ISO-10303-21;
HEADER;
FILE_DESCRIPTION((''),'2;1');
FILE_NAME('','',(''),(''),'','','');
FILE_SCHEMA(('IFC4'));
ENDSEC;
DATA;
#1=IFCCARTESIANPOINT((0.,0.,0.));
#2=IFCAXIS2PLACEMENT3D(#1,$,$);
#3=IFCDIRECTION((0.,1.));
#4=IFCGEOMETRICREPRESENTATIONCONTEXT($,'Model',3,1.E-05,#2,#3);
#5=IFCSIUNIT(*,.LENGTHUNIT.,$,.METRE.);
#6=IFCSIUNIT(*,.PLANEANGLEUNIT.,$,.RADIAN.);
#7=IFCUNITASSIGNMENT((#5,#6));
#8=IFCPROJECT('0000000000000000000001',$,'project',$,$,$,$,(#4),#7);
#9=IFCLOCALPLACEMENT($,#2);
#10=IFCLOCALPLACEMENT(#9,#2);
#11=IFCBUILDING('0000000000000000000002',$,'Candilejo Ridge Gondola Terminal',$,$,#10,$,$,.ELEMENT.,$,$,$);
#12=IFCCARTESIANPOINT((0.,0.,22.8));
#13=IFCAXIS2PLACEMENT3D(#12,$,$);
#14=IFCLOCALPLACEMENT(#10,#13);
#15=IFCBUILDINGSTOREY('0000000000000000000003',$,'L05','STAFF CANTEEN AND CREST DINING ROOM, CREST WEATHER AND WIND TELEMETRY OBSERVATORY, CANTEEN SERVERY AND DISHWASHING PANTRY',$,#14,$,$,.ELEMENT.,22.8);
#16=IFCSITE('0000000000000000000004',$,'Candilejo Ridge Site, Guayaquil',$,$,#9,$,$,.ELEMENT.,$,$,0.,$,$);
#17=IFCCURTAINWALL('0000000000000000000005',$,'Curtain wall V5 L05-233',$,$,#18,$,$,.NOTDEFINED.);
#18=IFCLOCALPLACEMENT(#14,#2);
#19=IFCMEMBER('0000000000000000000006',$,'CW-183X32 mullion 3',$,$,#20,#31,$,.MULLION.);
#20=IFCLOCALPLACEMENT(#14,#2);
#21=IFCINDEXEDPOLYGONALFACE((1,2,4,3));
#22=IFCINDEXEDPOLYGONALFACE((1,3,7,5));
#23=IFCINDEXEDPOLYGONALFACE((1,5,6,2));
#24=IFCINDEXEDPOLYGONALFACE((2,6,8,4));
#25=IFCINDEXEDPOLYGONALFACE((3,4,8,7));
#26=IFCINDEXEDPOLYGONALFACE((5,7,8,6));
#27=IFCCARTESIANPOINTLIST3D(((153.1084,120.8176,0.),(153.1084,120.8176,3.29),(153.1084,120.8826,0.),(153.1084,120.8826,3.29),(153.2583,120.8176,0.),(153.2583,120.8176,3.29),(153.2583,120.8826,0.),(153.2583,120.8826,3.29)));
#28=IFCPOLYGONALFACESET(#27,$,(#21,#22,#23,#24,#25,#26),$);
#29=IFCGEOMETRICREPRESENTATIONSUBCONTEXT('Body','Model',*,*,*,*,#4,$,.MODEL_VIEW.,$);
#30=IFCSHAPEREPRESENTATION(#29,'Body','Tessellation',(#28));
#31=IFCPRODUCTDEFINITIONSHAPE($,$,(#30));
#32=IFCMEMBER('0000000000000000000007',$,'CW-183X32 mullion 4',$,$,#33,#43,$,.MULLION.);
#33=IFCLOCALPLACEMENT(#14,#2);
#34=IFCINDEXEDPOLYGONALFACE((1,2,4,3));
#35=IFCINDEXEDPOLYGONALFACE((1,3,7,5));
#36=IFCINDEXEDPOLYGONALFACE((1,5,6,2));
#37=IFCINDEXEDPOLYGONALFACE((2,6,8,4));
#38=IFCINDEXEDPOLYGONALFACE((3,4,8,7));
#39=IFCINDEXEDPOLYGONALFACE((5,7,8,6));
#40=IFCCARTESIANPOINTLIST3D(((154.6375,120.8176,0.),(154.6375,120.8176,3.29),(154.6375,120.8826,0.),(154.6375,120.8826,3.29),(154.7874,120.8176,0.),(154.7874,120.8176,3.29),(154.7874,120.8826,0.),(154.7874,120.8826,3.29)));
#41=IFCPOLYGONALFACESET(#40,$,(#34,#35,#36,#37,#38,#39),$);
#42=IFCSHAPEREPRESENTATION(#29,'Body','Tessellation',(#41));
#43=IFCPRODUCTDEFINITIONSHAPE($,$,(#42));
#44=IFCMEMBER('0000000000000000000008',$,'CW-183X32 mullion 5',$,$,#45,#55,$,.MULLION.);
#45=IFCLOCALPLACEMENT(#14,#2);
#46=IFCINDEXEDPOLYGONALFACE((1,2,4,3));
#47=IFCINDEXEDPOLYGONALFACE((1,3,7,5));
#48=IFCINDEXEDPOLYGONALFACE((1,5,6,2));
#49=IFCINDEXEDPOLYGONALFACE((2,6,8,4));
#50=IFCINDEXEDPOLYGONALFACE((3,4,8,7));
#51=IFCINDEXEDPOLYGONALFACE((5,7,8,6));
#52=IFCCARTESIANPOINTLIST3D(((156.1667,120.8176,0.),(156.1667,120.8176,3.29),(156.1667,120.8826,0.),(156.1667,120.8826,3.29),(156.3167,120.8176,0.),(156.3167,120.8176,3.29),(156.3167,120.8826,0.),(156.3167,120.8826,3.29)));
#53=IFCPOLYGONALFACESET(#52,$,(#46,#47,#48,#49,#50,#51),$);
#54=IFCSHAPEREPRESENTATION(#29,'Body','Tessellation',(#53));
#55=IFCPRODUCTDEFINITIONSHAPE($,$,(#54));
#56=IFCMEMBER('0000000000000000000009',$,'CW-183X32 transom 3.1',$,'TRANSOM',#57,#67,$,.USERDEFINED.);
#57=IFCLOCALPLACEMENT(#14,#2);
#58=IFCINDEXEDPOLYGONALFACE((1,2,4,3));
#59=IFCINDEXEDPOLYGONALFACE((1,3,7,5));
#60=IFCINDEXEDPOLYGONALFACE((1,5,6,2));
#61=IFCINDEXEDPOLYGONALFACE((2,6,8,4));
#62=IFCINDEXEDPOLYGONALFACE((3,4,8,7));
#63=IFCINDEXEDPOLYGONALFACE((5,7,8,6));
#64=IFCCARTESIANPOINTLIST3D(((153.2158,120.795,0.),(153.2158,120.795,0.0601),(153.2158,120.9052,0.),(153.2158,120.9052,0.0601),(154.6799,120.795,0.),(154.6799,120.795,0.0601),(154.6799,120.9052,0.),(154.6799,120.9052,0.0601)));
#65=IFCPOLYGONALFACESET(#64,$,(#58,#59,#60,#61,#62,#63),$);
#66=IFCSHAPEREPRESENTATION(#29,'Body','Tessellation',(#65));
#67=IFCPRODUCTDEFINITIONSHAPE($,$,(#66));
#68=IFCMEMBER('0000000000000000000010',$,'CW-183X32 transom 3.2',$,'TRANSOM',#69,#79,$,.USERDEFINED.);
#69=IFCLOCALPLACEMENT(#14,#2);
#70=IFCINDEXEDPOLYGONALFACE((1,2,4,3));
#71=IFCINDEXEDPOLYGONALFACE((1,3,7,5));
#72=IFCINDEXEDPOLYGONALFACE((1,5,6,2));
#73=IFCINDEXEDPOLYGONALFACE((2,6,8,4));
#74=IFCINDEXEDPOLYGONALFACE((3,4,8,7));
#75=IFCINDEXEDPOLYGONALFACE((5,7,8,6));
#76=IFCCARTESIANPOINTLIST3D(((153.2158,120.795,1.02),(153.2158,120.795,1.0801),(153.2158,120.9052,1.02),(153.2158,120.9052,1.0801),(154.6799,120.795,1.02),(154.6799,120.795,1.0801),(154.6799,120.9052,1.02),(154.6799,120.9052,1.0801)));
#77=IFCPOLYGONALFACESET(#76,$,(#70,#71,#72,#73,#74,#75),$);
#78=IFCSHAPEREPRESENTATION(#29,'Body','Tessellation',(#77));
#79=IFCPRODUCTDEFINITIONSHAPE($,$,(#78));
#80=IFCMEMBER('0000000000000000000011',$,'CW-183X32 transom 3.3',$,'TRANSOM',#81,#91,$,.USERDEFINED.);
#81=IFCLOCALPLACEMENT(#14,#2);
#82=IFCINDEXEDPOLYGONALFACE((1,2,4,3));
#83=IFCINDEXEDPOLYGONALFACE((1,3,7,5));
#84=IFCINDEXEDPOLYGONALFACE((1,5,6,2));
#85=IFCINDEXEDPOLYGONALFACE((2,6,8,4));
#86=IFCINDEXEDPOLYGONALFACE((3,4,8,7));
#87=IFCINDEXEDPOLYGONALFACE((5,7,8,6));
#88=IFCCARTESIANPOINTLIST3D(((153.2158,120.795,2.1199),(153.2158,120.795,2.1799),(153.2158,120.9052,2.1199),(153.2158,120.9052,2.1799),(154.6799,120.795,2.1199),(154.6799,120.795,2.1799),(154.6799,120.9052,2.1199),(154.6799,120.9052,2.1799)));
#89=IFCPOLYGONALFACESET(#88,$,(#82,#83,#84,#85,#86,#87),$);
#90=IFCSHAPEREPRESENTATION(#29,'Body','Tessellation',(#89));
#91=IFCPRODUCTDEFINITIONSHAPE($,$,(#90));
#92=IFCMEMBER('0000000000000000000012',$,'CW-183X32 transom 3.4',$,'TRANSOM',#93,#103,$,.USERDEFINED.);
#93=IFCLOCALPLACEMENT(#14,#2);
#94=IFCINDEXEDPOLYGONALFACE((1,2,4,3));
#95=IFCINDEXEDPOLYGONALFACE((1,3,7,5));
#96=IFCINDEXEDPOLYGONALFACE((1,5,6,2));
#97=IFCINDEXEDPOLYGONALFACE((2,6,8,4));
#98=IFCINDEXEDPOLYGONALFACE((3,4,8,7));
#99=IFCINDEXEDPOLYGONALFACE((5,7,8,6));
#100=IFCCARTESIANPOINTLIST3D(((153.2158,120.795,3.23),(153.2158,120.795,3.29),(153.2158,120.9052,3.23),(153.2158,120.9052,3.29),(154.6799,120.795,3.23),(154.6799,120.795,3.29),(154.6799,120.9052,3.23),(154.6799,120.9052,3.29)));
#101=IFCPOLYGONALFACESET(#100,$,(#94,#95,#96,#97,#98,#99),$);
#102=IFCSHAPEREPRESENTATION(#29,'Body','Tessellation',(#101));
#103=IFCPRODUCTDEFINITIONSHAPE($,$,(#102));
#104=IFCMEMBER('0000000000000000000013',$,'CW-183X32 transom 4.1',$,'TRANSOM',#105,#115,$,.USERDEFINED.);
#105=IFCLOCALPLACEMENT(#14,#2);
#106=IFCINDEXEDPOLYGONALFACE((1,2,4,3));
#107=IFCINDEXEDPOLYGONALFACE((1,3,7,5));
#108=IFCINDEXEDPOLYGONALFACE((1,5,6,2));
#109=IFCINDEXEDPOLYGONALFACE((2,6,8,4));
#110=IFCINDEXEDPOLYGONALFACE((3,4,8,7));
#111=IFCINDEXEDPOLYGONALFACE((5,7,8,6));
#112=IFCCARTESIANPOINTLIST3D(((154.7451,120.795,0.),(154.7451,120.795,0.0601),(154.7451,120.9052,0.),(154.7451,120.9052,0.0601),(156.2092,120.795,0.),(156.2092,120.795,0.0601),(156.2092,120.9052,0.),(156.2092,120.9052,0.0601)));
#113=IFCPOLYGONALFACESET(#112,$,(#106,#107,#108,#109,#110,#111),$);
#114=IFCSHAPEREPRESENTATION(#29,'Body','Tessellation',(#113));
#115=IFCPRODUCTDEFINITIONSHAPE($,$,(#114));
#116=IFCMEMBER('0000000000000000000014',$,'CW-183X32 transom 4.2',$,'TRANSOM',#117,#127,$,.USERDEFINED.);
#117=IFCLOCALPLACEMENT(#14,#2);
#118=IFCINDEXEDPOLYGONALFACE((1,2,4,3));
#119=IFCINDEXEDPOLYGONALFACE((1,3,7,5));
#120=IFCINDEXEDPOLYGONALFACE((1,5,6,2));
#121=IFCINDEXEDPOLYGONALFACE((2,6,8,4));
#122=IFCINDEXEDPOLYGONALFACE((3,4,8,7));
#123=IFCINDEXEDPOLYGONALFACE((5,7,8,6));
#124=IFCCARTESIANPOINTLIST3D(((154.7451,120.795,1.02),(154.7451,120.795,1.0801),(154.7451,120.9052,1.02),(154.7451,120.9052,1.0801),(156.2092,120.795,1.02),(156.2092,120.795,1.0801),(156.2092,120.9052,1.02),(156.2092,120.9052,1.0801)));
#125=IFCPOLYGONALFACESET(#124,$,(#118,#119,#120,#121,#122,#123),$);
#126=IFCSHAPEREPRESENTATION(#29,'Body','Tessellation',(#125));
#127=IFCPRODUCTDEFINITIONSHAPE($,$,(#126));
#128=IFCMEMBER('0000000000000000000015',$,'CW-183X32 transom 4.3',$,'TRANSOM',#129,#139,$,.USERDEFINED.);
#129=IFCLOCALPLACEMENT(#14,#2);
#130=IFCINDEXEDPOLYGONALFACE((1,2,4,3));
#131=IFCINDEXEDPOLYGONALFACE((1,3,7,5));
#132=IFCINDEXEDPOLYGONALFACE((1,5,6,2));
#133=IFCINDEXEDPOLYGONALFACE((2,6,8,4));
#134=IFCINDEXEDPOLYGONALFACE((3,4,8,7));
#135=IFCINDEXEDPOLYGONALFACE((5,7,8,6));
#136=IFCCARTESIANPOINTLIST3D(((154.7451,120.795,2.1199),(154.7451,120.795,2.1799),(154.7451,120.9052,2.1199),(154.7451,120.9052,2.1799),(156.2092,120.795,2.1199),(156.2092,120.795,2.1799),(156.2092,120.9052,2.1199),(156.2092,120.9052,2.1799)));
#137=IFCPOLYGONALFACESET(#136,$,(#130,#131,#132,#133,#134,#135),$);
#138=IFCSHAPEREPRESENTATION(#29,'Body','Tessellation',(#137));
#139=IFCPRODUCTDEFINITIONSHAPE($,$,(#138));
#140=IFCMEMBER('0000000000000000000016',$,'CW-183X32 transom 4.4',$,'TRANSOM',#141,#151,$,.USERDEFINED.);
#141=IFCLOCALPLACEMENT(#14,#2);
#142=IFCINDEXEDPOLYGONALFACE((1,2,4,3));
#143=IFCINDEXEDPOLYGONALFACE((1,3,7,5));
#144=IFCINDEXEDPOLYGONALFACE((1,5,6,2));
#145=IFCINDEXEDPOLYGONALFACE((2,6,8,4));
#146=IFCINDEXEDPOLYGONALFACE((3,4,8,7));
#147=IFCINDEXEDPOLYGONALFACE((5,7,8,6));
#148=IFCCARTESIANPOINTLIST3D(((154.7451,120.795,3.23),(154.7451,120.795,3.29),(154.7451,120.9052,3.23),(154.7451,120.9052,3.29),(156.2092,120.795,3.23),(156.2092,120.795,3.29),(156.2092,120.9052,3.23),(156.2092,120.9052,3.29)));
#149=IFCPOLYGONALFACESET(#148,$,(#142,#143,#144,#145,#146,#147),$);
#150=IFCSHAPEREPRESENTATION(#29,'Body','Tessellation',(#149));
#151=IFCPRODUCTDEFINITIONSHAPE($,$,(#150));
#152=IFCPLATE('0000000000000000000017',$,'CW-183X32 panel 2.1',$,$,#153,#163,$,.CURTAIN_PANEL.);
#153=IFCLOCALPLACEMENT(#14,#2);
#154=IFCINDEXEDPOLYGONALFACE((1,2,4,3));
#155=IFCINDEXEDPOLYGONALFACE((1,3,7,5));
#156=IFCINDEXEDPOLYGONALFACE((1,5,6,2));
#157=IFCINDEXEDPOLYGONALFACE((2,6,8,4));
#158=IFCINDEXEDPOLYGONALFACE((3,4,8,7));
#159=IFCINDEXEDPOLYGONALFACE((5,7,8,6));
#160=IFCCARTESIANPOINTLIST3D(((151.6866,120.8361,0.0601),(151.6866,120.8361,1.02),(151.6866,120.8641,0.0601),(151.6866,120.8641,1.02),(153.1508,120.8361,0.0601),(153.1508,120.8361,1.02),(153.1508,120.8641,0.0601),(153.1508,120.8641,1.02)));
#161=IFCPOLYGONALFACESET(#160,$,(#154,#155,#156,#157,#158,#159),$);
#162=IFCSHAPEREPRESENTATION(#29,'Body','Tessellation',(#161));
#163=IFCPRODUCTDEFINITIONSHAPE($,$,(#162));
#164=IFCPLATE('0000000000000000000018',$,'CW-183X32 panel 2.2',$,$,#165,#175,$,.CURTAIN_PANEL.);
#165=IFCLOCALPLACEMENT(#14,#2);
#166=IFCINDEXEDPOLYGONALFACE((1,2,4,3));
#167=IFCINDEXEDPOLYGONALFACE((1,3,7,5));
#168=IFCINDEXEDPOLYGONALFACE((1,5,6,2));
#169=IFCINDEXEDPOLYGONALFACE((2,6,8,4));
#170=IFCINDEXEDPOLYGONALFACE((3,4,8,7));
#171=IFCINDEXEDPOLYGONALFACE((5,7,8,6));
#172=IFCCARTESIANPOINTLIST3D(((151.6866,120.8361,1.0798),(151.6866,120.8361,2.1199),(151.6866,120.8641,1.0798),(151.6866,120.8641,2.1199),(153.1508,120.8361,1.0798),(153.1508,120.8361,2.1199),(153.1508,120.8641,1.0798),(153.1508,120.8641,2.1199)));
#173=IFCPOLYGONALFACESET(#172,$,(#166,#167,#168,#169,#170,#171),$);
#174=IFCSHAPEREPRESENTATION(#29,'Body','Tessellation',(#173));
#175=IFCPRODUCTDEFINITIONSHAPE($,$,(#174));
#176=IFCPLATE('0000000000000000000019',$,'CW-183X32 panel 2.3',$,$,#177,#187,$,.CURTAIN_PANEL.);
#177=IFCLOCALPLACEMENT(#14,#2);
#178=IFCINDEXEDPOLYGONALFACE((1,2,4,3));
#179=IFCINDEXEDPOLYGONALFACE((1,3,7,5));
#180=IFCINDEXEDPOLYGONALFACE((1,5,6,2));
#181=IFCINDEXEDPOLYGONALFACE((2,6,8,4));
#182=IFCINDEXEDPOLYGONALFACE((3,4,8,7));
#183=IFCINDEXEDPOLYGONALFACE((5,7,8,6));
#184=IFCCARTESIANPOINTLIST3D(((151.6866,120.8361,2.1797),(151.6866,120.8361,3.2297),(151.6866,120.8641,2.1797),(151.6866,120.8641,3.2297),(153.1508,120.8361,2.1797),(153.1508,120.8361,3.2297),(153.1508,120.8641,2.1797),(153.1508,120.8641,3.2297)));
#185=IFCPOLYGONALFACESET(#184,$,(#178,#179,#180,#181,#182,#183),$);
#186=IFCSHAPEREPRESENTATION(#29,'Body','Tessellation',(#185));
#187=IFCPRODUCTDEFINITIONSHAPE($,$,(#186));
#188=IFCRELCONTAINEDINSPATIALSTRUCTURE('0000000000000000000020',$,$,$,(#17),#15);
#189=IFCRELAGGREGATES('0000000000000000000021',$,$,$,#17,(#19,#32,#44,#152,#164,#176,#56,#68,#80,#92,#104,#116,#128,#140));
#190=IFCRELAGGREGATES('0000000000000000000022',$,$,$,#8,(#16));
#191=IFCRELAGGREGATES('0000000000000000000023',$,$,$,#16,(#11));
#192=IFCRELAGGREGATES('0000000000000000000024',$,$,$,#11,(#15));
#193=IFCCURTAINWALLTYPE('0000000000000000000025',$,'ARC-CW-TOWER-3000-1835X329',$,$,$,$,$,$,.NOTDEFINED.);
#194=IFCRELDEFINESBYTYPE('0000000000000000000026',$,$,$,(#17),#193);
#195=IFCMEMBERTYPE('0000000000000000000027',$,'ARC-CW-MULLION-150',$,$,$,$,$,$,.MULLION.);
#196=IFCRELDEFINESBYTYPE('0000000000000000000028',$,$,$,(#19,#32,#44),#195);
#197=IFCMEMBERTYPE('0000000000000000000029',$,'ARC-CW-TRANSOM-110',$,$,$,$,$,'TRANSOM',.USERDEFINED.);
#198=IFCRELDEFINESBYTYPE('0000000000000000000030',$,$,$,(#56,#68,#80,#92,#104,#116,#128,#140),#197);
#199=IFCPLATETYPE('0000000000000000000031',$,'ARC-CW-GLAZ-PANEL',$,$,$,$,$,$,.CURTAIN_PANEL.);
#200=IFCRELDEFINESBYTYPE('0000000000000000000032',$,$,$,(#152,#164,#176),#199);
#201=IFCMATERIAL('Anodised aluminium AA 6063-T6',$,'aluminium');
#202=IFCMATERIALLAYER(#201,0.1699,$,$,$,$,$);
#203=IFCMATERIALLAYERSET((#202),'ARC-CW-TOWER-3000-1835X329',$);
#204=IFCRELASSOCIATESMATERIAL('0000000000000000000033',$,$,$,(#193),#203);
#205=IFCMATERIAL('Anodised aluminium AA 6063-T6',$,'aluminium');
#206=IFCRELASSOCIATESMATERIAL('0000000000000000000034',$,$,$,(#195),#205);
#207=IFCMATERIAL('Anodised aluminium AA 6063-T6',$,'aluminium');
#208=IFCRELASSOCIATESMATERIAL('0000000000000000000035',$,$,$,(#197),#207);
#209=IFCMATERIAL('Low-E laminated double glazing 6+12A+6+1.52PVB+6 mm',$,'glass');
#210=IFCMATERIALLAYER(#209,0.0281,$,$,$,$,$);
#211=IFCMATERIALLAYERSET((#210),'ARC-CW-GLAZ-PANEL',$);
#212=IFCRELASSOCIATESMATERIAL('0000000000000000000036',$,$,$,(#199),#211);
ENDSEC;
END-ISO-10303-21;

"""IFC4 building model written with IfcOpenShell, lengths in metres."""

from ifc_helpers import new_model, si_unit, direction, frame, origin, origin_2d, place, context, subcontext, project, spatial, rectangle, extrude, material, layer, layer_set, material_profile, profile_set, type_object, element, aggregate, save


model = new_model("IFC4")

# Units and contexts
model_context = context("Model", 3, precision=1e-05, world=origin(), true_north=direction((0.0, 1.0)))
body_context = subcontext(model_context, "Body", "Model", "MODEL_VIEW")
ifc_project = project(units=[si_unit("LENGTHUNIT", "METRE"), si_unit("PLANEANGLEUNIT", "RADIAN")], contexts=[model_context])

# Site, building, storey
site_placement = place(None, origin())
site = spatial("IfcSite", under=ifc_project, at=site_placement, Name="Candilejo Ridge Site, Guayaquil", CompositionType="ELEMENT", RefElevation=0.0)
building_placement = place(site_placement, origin())
building = spatial("IfcBuilding", under=site, at=building_placement, Name="Candilejo Ridge Gondola Terminal", CompositionType="ELEMENT")
storey_placement = place(building_placement, frame((0.0, 0.0, 22.8)))
storey = spatial("IfcBuildingStorey", under=building, at=storey_placement, Name="L05", Description="STAFF CANTEEN AND CREST DINING ROOM, CREST WEATHER AND WIND TELEMETRY OBSERVATORY, CANTEEN SERVERY AND DISHWASHING PANTRY", CompositionType="ELEMENT", Elevation=22.8)

# Curtain wall, members, plates
ifc_material_1 = material(Name="Anodised aluminium AA 6063-T6", Category="aluminium")
ifc_layer_1 = layer(ifc_material_1, 0.1699)
ifc_layer_set_1 = layer_set([ifc_layer_1], Name="ARC-CW-TOWER-3000-1835X329")
curtain_wall_type = type_object("IfcCurtainWallType", Name="ARC-CW-TOWER-3000-1835X329", PredefinedType="NOTDEFINED", material=ifc_layer_set_1)
curtain_wall_placement = place(storey_placement, origin())
curtain_wall = element("IfcCurtainWall", 1, at=curtain_wall_placement, inside=storey, type_object=curtain_wall_type, Name="Curtain wall V5 L05-233", PredefinedType="NOTDEFINED")
ifc_material_2 = material(Name="Anodised aluminium AA 6063-T6", Category="aluminium")
ifc_material_profile_1 = material_profile(ifc_material_2, rectangle(XDim=0.0649, YDim=0.1499, at=origin_2d()))
ifc_profile_set_1 = profile_set([ifc_material_profile_1], Name="Anodised aluminium AA 6063-T6")
member_type_1 = type_object("IfcMemberType", Name="ARC-CW-MULLION-150", PredefinedType="MULLION", material=ifc_profile_set_1)
member_1_placement = place(storey_placement, frame((153.1833, 120.8501, 0.0), z_axis=(0.0, 0.0, 1.0), x_axis=(0.0, 1.0, 0.0)))
member_1 = element("IfcMember", 2, at=member_1_placement, type_object=member_type_1, Name="CW-183X32 mullion 3", PredefinedType="MULLION", context=body_context, shape_type="SweptSolid", body=[
    extrude(rectangle(XDim=0.0649, YDim=0.1499, at=origin_2d()), origin(), (0.0, 0.0, 1.0), 3.29),
])
member_2_placement = place(storey_placement, frame((154.7124, 120.8501, 0.0), z_axis=(0.0, 0.0, 1.0), x_axis=(0.0, 1.0, 0.0)))
member_2 = element("IfcMember", 3, at=member_2_placement, type_object=member_type_1, Name="CW-183X32 mullion 4", PredefinedType="MULLION", context=body_context, shape_type="SweptSolid", body=[
    extrude(rectangle(XDim=0.0649, YDim=0.1499, at=origin_2d()), origin(), (0.0, 0.0, 1.0), 3.29),
])
member_3_placement = place(storey_placement, frame((156.2417, 120.8501, 0.0), z_axis=(0.0, 0.0, 1.0), x_axis=(0.0, 1.0, 0.0)))
member_3 = element("IfcMember", 4, at=member_3_placement, type_object=member_type_1, Name="CW-183X32 mullion 5", PredefinedType="MULLION", context=body_context, shape_type="SweptSolid", body=[
    extrude(rectangle(XDim=0.0649, YDim=0.1499, at=origin_2d()), origin(), (0.0, 0.0, 1.0), 3.29),
])
ifc_material_3 = material(Name="Anodised aluminium AA 6063-T6", Category="aluminium")
ifc_material_profile_2 = material_profile(ifc_material_3, rectangle(XDim=0.1101, YDim=0.0601, at=origin_2d()))
ifc_profile_set_2 = profile_set([ifc_material_profile_2], Name="Anodised aluminium AA 6063-T6")
member_type_2 = type_object("IfcMemberType", Name="ARC-CW-TRANSOM-110", ElementType="TRANSOM", PredefinedType="USERDEFINED", material=ifc_profile_set_2)
member_4_placement = place(storey_placement, frame((153.2158, 120.8501, 0.03), z_axis=(1.0, 0.0, 0.0), x_axis=(0.0, 1.0, 0.0)))
member_4 = element("IfcMember", 5, at=member_4_placement, type_object=member_type_2, Name="CW-183X32 transom 3.1", ObjectType="TRANSOM", PredefinedType="USERDEFINED", context=body_context, shape_type="SweptSolid", body=[
    extrude(rectangle(XDim=0.1101, YDim=0.0601, at=origin_2d()), origin(), (0.0, 0.0, 1.0), 1.4641),
])
member_5_placement = place(storey_placement, frame((153.2158, 120.8501, 1.05), z_axis=(1.0, 0.0, 0.0), x_axis=(0.0, 1.0, 0.0)))
member_5 = element("IfcMember", 6, at=member_5_placement, type_object=member_type_2, Name="CW-183X32 transom 3.2", ObjectType="TRANSOM", PredefinedType="USERDEFINED", context=body_context, shape_type="SweptSolid", body=[
    extrude(rectangle(XDim=0.1101, YDim=0.0601, at=origin_2d()), origin(), (0.0, 0.0, 1.0), 1.4641),
])
member_6_placement = place(storey_placement, frame((153.2158, 120.8501, 2.1499), z_axis=(1.0, 0.0, 0.0), x_axis=(0.0, 1.0, 0.0)))
member_6 = element("IfcMember", 7, at=member_6_placement, type_object=member_type_2, Name="CW-183X32 transom 3.3", ObjectType="TRANSOM", PredefinedType="USERDEFINED", context=body_context, shape_type="SweptSolid", body=[
    extrude(rectangle(XDim=0.1101, YDim=0.0601, at=origin_2d()), origin(), (0.0, 0.0, 1.0), 1.4641),
])
member_7_placement = place(storey_placement, frame((153.2158, 120.8501, 3.26), z_axis=(1.0, 0.0, 0.0), x_axis=(0.0, 1.0, 0.0)))
member_7 = element("IfcMember", 8, at=member_7_placement, type_object=member_type_2, Name="CW-183X32 transom 3.4", ObjectType="TRANSOM", PredefinedType="USERDEFINED", context=body_context, shape_type="SweptSolid", body=[
    extrude(rectangle(XDim=0.1101, YDim=0.0601, at=origin_2d()), origin(), (0.0, 0.0, 1.0), 1.4641),
])
member_8_placement = place(storey_placement, frame((154.7451, 120.8501, 0.03), z_axis=(1.0, 0.0, 0.0), x_axis=(0.0, 1.0, 0.0)))
member_8 = element("IfcMember", 9, at=member_8_placement, type_object=member_type_2, Name="CW-183X32 transom 4.1", ObjectType="TRANSOM", PredefinedType="USERDEFINED", context=body_context, shape_type="SweptSolid", body=[
    extrude(rectangle(XDim=0.1101, YDim=0.0601, at=origin_2d()), origin(), (0.0, 0.0, 1.0), 1.4641),
])
member_9_placement = place(storey_placement, frame((154.7451, 120.8501, 1.05), z_axis=(1.0, 0.0, 0.0), x_axis=(0.0, 1.0, 0.0)))
member_9 = element("IfcMember", 10, at=member_9_placement, type_object=member_type_2, Name="CW-183X32 transom 4.2", ObjectType="TRANSOM", PredefinedType="USERDEFINED", context=body_context, shape_type="SweptSolid", body=[
    extrude(rectangle(XDim=0.1101, YDim=0.0601, at=origin_2d()), origin(), (0.0, 0.0, 1.0), 1.4641),
])
member_10_placement = place(storey_placement, frame((154.7451, 120.8501, 2.1499), z_axis=(1.0, 0.0, 0.0), x_axis=(0.0, 1.0, 0.0)))
member_10 = element("IfcMember", 11, at=member_10_placement, type_object=member_type_2, Name="CW-183X32 transom 4.3", ObjectType="TRANSOM", PredefinedType="USERDEFINED", context=body_context, shape_type="SweptSolid", body=[
    extrude(rectangle(XDim=0.1101, YDim=0.0601, at=origin_2d()), origin(), (0.0, 0.0, 1.0), 1.4641),
])
member_11_placement = place(storey_placement, frame((154.7451, 120.8501, 3.26), z_axis=(1.0, 0.0, 0.0), x_axis=(0.0, 1.0, 0.0)))
member_11 = element("IfcMember", 12, at=member_11_placement, type_object=member_type_2, Name="CW-183X32 transom 4.4", ObjectType="TRANSOM", PredefinedType="USERDEFINED", context=body_context, shape_type="SweptSolid", body=[
    extrude(rectangle(XDim=0.1101, YDim=0.0601, at=origin_2d()), origin(), (0.0, 0.0, 1.0), 1.4641),
])
ifc_material_4 = material(Name="Low-E laminated double glazing 6+12A+6+1.52PVB+6 mm", Category="glass")
ifc_layer_2 = layer(ifc_material_4, 0.0281)
ifc_layer_set_2 = layer_set([ifc_layer_2], Name="ARC-CW-GLAZ-PANEL")
plate_type = type_object("IfcPlateType", Name="ARC-CW-GLAZ-PANEL", PredefinedType="CURTAIN_PANEL", material=ifc_layer_set_2)
plate_1_placement = place(storey_placement, frame((152.4187, 120.8501, 0.0601), z_axis=(0.0, 0.0, 1.0), x_axis=(1.0, 0.0, 0.0)))
plate_1 = element("IfcPlate", 13, at=plate_1_placement, type_object=plate_type, Name="CW-183X32 panel 2.1", PredefinedType="CURTAIN_PANEL", context=body_context, shape_type="SweptSolid", body=[
    extrude(rectangle(XDim=1.4641, YDim=0.0281, at=origin_2d()), origin(), (0.0, 0.0, 1.0), 0.96),
])
plate_2_placement = place(storey_placement, frame((152.4187, 120.8501, 1.0798), z_axis=(0.0, 0.0, 1.0), x_axis=(1.0, 0.0, 0.0)))
plate_2 = element("IfcPlate", 14, at=plate_2_placement, type_object=plate_type, Name="CW-183X32 panel 2.2", PredefinedType="CURTAIN_PANEL", context=body_context, shape_type="SweptSolid", body=[
    extrude(rectangle(XDim=1.4641, YDim=0.0281, at=origin_2d()), origin(), (0.0, 0.0, 1.0), 1.04),
])
plate_3_placement = place(storey_placement, frame((152.4187, 120.8501, 2.1797), z_axis=(0.0, 0.0, 1.0), x_axis=(1.0, 0.0, 0.0)))
plate_3 = element("IfcPlate", 15, at=plate_3_placement, type_object=plate_type, Name="CW-183X32 panel 2.3", PredefinedType="CURTAIN_PANEL", context=body_context, shape_type="SweptSolid", body=[
    extrude(rectangle(XDim=1.4641, YDim=0.0281, at=origin_2d()), origin(), (0.0, 0.0, 1.0), 1.05),
])
aggregate(curtain_wall, [member_1, member_2, member_3, plate_1, plate_2, plate_3, member_4, member_5, member_6, member_7, member_8, member_9, member_10, member_11])

save(model, "model.ifc")
